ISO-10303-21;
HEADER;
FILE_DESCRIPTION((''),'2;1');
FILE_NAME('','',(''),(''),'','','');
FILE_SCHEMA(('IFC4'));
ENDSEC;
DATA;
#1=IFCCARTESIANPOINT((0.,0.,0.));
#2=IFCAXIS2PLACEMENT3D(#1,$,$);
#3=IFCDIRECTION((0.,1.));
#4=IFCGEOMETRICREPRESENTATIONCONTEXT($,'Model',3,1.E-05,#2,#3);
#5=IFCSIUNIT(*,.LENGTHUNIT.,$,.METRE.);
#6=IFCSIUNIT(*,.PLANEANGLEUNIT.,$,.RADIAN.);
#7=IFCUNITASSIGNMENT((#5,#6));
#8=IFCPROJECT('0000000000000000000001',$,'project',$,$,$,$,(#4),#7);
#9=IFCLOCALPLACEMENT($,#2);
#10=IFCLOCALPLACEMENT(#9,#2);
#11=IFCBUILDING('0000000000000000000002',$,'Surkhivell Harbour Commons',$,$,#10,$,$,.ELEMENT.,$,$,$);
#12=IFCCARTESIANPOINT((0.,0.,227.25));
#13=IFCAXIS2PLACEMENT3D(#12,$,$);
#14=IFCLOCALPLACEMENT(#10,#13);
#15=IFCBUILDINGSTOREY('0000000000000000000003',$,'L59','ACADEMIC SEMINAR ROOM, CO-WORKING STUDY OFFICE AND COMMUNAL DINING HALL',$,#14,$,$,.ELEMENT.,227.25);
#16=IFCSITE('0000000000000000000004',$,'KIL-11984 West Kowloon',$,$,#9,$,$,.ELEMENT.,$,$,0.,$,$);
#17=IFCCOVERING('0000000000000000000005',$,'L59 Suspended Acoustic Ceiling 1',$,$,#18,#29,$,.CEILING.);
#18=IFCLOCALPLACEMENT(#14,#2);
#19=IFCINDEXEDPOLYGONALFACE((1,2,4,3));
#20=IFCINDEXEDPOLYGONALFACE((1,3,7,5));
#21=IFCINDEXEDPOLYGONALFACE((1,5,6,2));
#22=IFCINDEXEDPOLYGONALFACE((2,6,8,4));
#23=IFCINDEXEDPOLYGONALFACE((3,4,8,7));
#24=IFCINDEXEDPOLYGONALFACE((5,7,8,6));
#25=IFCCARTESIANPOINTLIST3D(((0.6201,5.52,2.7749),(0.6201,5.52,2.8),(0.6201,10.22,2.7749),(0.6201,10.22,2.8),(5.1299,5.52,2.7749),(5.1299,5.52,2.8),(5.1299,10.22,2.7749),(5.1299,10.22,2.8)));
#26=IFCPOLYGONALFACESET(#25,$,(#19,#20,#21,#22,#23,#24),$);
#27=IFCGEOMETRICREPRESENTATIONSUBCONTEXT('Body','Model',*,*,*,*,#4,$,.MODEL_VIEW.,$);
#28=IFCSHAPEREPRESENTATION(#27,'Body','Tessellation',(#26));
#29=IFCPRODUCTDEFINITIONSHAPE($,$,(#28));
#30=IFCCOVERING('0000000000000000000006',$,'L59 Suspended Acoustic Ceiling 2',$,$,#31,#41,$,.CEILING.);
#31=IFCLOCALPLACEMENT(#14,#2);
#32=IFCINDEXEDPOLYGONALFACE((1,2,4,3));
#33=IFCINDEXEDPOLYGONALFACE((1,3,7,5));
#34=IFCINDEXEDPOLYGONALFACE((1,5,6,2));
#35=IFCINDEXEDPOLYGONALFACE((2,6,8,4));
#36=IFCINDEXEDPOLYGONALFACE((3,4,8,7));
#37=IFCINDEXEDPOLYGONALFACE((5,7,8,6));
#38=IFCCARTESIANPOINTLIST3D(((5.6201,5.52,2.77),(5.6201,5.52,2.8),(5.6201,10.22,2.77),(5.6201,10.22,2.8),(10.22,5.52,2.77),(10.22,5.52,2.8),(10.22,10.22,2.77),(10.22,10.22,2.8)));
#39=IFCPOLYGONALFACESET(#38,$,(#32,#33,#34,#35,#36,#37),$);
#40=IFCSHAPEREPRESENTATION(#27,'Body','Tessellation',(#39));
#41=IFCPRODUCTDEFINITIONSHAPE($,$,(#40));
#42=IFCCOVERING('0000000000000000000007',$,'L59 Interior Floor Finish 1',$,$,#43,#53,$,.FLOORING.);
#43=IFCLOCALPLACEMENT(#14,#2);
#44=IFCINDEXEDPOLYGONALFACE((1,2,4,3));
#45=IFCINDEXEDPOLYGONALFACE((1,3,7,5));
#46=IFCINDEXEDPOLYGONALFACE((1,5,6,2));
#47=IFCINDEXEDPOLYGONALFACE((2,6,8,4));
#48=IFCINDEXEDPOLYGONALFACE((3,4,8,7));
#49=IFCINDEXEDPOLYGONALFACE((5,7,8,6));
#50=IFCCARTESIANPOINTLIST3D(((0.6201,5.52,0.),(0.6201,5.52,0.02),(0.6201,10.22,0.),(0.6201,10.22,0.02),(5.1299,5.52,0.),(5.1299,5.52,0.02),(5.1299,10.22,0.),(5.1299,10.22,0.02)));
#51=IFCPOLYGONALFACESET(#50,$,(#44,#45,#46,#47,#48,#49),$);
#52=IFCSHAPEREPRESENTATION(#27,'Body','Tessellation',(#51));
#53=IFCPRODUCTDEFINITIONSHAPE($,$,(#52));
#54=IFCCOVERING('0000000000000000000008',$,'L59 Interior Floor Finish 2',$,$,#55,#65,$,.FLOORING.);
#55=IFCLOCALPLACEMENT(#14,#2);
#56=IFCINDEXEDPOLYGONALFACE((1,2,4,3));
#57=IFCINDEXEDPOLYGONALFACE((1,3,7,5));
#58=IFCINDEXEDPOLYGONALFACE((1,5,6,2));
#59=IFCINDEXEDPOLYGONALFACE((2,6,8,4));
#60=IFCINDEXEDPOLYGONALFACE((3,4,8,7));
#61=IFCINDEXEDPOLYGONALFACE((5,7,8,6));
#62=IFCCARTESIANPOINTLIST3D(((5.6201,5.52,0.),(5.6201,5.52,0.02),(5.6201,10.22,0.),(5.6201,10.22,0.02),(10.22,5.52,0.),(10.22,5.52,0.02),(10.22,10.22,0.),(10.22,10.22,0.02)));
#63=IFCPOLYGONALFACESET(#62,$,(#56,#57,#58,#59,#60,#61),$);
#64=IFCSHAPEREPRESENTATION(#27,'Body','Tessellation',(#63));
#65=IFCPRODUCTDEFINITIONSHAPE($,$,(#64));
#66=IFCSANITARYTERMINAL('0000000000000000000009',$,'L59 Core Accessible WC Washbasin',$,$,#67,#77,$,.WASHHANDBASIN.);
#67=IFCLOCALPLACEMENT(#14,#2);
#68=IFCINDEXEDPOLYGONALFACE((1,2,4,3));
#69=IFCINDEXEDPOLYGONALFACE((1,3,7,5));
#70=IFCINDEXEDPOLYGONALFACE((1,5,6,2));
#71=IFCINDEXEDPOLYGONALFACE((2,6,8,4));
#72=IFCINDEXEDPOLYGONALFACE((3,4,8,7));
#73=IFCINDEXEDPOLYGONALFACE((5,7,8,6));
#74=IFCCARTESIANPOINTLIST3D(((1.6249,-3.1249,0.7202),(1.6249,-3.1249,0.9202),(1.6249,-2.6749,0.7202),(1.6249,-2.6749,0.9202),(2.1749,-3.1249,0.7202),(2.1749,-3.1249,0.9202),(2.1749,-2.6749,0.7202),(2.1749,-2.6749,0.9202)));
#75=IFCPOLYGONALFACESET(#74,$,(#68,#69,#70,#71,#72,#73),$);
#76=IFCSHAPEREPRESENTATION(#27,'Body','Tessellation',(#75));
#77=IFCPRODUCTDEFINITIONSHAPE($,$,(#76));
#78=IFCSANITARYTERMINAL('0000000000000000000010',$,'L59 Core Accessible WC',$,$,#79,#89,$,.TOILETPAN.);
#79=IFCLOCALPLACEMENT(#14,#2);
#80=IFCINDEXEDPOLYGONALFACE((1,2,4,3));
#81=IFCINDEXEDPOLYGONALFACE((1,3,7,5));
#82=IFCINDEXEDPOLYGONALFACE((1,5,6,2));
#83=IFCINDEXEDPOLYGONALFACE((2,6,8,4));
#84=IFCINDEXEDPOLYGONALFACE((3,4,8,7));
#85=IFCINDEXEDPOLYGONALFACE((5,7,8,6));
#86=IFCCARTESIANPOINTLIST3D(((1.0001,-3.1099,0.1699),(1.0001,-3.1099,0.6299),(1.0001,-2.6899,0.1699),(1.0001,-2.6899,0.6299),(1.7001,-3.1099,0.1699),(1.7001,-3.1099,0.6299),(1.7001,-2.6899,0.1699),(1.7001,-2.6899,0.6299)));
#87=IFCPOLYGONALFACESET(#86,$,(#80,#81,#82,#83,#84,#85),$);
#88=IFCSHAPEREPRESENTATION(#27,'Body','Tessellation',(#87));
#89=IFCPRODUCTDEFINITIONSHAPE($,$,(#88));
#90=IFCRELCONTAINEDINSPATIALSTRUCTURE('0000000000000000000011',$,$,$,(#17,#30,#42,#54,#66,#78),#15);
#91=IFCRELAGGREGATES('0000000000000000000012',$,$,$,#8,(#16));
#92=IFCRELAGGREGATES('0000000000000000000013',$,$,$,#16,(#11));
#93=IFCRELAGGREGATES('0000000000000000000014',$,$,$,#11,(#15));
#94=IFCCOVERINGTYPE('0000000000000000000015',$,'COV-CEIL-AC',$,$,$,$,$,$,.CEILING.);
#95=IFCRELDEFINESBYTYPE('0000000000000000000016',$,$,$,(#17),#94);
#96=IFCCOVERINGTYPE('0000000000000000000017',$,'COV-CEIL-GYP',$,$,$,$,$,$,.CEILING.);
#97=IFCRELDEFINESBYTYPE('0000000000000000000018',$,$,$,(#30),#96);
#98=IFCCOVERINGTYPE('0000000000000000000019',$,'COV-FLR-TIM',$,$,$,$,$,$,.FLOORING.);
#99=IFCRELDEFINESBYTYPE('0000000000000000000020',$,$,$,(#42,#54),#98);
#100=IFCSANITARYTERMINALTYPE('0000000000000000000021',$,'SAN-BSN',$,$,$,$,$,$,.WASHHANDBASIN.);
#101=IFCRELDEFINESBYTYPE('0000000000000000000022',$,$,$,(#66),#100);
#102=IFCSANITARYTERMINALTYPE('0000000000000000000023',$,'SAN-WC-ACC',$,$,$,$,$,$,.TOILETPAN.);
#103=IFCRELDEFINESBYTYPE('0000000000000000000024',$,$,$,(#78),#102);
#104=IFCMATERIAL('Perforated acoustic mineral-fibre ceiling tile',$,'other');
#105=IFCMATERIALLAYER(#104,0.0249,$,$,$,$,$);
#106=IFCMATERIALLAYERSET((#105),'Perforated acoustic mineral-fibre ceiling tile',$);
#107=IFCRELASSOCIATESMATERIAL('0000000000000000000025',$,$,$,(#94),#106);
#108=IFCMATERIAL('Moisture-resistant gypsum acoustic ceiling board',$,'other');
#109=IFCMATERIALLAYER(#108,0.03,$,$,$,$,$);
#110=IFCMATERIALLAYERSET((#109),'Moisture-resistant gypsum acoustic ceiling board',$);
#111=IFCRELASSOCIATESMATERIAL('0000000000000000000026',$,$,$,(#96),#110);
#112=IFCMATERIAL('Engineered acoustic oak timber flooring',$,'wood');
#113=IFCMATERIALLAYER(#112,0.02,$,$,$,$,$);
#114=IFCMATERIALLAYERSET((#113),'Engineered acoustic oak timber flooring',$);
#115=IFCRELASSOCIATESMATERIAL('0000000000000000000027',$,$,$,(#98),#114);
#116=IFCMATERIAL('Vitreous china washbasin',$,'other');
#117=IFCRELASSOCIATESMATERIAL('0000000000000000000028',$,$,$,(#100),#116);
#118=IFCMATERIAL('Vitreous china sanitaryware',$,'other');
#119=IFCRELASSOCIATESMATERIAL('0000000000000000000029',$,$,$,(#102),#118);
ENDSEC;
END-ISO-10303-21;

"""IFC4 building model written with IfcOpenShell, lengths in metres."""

from ifc_helpers import new_model, si_unit, direction, frame, origin, origin_2d, place, context, subcontext, project, spatial, polyline, rectangle, outline, extrude, material, layer, layer_set, type_object, element, save


model = new_model("IFC4")

# Units and contexts
model_context = context("Model", 3, precision=1e-05, world=origin(), true_north=direction((0.0, 1.0)))
body_context = subcontext(model_context, "Body", "Model", "MODEL_VIEW")
ifc_project = project(units=[si_unit("LENGTHUNIT", "METRE"), si_unit("PLANEANGLEUNIT", "RADIAN")], contexts=[model_context])

# Site, building, storey
site_placement = place(None, origin())
site = spatial("IfcSite", under=ifc_project, at=site_placement, Name="KIL-11984 West Kowloon", CompositionType="ELEMENT", RefElevation=0.0)
building_placement = place(site_placement, origin())
building = spatial("IfcBuilding", under=site, at=building_placement, Name="Surkhivell Harbour Commons", CompositionType="ELEMENT")
storey_placement = place(building_placement, frame((0.0, 0.0, 227.25)))
storey = spatial("IfcBuildingStorey", under=building, at=storey_placement, Name="L59", Description="ACADEMIC SEMINAR ROOM, CO-WORKING STUDY OFFICE AND COMMUNAL DINING HALL", CompositionType="ELEMENT", Elevation=227.25)

# Coverings
ifc_material_1 = material(Name="Perforated acoustic mineral-fibre ceiling tile", Category="other")
ifc_layer_1 = layer(ifc_material_1, 0.0249)
ifc_layer_set_1 = layer_set([ifc_layer_1], Name="Perforated acoustic mineral-fibre ceiling tile")
covering_type_1 = type_object("IfcCoveringType", Name="COV-CEIL-AC", PredefinedType="CEILING", material=ifc_layer_set_1)
covering_1_placement = place(storey_placement, frame((0.0, 0.0, 2.7749)))
element("IfcCovering", 1, at=covering_1_placement, inside=storey, type_object=covering_type_1, Name="L59 Suspended Acoustic Ceiling 1", PredefinedType="CEILING", context=body_context, shape_type="SweptSolid", body=[
    extrude(outline(polyline([(0.6201, 5.52), (5.1299, 5.52), (5.1299, 10.22), (0.6201, 10.22), (0.6201, 5.52)])), origin(), (0.0, 0.0, 1.0), 0.0251),
])
ifc_material_2 = material(Name="Moisture-resistant gypsum acoustic ceiling board", Category="other")
ifc_layer_2 = layer(ifc_material_2, 0.03)
ifc_layer_set_2 = layer_set([ifc_layer_2], Name="Moisture-resistant gypsum acoustic ceiling board")
covering_type_2 = type_object("IfcCoveringType", Name="COV-CEIL-GYP", PredefinedType="CEILING", material=ifc_layer_set_2)
covering_2_placement = place(storey_placement, frame((0.0, 0.0, 2.77)))
element("IfcCovering", 2, at=covering_2_placement, inside=storey, type_object=covering_type_2, Name="L59 Suspended Acoustic Ceiling 2", PredefinedType="CEILING", context=body_context, shape_type="SweptSolid", body=[
    extrude(outline(polyline([(5.6201, 5.52), (10.22, 5.52), (10.22, 10.22), (5.6201, 10.22), (5.6201, 5.52)])), origin(), (0.0, 0.0, 1.0), 0.03),
])
ifc_material_3 = material(Name="Engineered acoustic oak timber flooring", Category="wood")
ifc_layer_3 = layer(ifc_material_3, 0.02)
ifc_layer_set_3 = layer_set([ifc_layer_3], Name="Engineered acoustic oak timber flooring")
covering_type_3 = type_object("IfcCoveringType", Name="COV-FLR-TIM", PredefinedType="FLOORING", material=ifc_layer_set_3)
covering_3_placement = place(storey_placement, origin())
element("IfcCovering", 3, at=covering_3_placement, inside=storey, type_object=covering_type_3, Name="L59 Interior Floor Finish 1", PredefinedType="FLOORING", context=body_context, shape_type="SweptSolid", body=[
    extrude(outline(polyline([(0.6201, 5.52), (5.1299, 5.52), (5.1299, 10.22), (0.6201, 10.22), (0.6201, 5.52)])), origin(), (0.0, 0.0, 1.0), 0.02),
])
covering_4_placement = place(storey_placement, origin())
element("IfcCovering", 4, at=covering_4_placement, inside=storey, type_object=covering_type_3, Name="L59 Interior Floor Finish 2", PredefinedType="FLOORING", context=body_context, shape_type="SweptSolid", body=[
    extrude(outline(polyline([(5.6201, 5.52), (10.22, 5.52), (10.22, 10.22), (5.6201, 10.22), (5.6201, 5.52)])), origin(), (0.0, 0.0, 1.0), 0.02),
])

# Sanitary terminals
ifc_material_4 = material(Name="Vitreous china washbasin", Category="other")
sanitary_terminal_type_1 = type_object("IfcSanitaryTerminalType", Name="SAN-BSN", PredefinedType="WASHHANDBASIN", material=ifc_material_4)
sanitary_terminal_1_placement = place(storey_placement, frame((1.8999, -2.8999, 0.7202), z_axis=(0.0, 0.0, 1.0), x_axis=(1.0, 0.0, 0.0)))
element("IfcSanitaryTerminal", 5, at=sanitary_terminal_1_placement, inside=storey, type_object=sanitary_terminal_type_1, Name="L59 Core Accessible WC Washbasin", PredefinedType="WASHHANDBASIN", context=body_context, shape_type="SweptSolid", body=[
    extrude(rectangle(XDim=0.55, YDim=0.45, at=origin_2d()), origin(), (0.0, 0.0, 1.0), 0.2),
])
ifc_material_5 = material(Name="Vitreous china sanitaryware", Category="other")
sanitary_terminal_type_2 = type_object("IfcSanitaryTerminalType", Name="SAN-WC-ACC", PredefinedType="TOILETPAN", material=ifc_material_5)
sanitary_terminal_2_placement = place(storey_placement, frame((1.3501, -2.8999, 0.1699), z_axis=(0.0, 0.0, 1.0), x_axis=(1.0, 0.0, 0.0)))
element("IfcSanitaryTerminal", 6, at=sanitary_terminal_2_placement, inside=storey, type_object=sanitary_terminal_type_2, Name="L59 Core Accessible WC", PredefinedType="TOILETPAN", context=body_context, shape_type="SweptSolid", body=[
    extrude(rectangle(XDim=0.7, YDim=0.4199, at=origin_2d()), origin(), (0.0, 0.0, 1.0), 0.46),
])

save(model, "model.ifc")
